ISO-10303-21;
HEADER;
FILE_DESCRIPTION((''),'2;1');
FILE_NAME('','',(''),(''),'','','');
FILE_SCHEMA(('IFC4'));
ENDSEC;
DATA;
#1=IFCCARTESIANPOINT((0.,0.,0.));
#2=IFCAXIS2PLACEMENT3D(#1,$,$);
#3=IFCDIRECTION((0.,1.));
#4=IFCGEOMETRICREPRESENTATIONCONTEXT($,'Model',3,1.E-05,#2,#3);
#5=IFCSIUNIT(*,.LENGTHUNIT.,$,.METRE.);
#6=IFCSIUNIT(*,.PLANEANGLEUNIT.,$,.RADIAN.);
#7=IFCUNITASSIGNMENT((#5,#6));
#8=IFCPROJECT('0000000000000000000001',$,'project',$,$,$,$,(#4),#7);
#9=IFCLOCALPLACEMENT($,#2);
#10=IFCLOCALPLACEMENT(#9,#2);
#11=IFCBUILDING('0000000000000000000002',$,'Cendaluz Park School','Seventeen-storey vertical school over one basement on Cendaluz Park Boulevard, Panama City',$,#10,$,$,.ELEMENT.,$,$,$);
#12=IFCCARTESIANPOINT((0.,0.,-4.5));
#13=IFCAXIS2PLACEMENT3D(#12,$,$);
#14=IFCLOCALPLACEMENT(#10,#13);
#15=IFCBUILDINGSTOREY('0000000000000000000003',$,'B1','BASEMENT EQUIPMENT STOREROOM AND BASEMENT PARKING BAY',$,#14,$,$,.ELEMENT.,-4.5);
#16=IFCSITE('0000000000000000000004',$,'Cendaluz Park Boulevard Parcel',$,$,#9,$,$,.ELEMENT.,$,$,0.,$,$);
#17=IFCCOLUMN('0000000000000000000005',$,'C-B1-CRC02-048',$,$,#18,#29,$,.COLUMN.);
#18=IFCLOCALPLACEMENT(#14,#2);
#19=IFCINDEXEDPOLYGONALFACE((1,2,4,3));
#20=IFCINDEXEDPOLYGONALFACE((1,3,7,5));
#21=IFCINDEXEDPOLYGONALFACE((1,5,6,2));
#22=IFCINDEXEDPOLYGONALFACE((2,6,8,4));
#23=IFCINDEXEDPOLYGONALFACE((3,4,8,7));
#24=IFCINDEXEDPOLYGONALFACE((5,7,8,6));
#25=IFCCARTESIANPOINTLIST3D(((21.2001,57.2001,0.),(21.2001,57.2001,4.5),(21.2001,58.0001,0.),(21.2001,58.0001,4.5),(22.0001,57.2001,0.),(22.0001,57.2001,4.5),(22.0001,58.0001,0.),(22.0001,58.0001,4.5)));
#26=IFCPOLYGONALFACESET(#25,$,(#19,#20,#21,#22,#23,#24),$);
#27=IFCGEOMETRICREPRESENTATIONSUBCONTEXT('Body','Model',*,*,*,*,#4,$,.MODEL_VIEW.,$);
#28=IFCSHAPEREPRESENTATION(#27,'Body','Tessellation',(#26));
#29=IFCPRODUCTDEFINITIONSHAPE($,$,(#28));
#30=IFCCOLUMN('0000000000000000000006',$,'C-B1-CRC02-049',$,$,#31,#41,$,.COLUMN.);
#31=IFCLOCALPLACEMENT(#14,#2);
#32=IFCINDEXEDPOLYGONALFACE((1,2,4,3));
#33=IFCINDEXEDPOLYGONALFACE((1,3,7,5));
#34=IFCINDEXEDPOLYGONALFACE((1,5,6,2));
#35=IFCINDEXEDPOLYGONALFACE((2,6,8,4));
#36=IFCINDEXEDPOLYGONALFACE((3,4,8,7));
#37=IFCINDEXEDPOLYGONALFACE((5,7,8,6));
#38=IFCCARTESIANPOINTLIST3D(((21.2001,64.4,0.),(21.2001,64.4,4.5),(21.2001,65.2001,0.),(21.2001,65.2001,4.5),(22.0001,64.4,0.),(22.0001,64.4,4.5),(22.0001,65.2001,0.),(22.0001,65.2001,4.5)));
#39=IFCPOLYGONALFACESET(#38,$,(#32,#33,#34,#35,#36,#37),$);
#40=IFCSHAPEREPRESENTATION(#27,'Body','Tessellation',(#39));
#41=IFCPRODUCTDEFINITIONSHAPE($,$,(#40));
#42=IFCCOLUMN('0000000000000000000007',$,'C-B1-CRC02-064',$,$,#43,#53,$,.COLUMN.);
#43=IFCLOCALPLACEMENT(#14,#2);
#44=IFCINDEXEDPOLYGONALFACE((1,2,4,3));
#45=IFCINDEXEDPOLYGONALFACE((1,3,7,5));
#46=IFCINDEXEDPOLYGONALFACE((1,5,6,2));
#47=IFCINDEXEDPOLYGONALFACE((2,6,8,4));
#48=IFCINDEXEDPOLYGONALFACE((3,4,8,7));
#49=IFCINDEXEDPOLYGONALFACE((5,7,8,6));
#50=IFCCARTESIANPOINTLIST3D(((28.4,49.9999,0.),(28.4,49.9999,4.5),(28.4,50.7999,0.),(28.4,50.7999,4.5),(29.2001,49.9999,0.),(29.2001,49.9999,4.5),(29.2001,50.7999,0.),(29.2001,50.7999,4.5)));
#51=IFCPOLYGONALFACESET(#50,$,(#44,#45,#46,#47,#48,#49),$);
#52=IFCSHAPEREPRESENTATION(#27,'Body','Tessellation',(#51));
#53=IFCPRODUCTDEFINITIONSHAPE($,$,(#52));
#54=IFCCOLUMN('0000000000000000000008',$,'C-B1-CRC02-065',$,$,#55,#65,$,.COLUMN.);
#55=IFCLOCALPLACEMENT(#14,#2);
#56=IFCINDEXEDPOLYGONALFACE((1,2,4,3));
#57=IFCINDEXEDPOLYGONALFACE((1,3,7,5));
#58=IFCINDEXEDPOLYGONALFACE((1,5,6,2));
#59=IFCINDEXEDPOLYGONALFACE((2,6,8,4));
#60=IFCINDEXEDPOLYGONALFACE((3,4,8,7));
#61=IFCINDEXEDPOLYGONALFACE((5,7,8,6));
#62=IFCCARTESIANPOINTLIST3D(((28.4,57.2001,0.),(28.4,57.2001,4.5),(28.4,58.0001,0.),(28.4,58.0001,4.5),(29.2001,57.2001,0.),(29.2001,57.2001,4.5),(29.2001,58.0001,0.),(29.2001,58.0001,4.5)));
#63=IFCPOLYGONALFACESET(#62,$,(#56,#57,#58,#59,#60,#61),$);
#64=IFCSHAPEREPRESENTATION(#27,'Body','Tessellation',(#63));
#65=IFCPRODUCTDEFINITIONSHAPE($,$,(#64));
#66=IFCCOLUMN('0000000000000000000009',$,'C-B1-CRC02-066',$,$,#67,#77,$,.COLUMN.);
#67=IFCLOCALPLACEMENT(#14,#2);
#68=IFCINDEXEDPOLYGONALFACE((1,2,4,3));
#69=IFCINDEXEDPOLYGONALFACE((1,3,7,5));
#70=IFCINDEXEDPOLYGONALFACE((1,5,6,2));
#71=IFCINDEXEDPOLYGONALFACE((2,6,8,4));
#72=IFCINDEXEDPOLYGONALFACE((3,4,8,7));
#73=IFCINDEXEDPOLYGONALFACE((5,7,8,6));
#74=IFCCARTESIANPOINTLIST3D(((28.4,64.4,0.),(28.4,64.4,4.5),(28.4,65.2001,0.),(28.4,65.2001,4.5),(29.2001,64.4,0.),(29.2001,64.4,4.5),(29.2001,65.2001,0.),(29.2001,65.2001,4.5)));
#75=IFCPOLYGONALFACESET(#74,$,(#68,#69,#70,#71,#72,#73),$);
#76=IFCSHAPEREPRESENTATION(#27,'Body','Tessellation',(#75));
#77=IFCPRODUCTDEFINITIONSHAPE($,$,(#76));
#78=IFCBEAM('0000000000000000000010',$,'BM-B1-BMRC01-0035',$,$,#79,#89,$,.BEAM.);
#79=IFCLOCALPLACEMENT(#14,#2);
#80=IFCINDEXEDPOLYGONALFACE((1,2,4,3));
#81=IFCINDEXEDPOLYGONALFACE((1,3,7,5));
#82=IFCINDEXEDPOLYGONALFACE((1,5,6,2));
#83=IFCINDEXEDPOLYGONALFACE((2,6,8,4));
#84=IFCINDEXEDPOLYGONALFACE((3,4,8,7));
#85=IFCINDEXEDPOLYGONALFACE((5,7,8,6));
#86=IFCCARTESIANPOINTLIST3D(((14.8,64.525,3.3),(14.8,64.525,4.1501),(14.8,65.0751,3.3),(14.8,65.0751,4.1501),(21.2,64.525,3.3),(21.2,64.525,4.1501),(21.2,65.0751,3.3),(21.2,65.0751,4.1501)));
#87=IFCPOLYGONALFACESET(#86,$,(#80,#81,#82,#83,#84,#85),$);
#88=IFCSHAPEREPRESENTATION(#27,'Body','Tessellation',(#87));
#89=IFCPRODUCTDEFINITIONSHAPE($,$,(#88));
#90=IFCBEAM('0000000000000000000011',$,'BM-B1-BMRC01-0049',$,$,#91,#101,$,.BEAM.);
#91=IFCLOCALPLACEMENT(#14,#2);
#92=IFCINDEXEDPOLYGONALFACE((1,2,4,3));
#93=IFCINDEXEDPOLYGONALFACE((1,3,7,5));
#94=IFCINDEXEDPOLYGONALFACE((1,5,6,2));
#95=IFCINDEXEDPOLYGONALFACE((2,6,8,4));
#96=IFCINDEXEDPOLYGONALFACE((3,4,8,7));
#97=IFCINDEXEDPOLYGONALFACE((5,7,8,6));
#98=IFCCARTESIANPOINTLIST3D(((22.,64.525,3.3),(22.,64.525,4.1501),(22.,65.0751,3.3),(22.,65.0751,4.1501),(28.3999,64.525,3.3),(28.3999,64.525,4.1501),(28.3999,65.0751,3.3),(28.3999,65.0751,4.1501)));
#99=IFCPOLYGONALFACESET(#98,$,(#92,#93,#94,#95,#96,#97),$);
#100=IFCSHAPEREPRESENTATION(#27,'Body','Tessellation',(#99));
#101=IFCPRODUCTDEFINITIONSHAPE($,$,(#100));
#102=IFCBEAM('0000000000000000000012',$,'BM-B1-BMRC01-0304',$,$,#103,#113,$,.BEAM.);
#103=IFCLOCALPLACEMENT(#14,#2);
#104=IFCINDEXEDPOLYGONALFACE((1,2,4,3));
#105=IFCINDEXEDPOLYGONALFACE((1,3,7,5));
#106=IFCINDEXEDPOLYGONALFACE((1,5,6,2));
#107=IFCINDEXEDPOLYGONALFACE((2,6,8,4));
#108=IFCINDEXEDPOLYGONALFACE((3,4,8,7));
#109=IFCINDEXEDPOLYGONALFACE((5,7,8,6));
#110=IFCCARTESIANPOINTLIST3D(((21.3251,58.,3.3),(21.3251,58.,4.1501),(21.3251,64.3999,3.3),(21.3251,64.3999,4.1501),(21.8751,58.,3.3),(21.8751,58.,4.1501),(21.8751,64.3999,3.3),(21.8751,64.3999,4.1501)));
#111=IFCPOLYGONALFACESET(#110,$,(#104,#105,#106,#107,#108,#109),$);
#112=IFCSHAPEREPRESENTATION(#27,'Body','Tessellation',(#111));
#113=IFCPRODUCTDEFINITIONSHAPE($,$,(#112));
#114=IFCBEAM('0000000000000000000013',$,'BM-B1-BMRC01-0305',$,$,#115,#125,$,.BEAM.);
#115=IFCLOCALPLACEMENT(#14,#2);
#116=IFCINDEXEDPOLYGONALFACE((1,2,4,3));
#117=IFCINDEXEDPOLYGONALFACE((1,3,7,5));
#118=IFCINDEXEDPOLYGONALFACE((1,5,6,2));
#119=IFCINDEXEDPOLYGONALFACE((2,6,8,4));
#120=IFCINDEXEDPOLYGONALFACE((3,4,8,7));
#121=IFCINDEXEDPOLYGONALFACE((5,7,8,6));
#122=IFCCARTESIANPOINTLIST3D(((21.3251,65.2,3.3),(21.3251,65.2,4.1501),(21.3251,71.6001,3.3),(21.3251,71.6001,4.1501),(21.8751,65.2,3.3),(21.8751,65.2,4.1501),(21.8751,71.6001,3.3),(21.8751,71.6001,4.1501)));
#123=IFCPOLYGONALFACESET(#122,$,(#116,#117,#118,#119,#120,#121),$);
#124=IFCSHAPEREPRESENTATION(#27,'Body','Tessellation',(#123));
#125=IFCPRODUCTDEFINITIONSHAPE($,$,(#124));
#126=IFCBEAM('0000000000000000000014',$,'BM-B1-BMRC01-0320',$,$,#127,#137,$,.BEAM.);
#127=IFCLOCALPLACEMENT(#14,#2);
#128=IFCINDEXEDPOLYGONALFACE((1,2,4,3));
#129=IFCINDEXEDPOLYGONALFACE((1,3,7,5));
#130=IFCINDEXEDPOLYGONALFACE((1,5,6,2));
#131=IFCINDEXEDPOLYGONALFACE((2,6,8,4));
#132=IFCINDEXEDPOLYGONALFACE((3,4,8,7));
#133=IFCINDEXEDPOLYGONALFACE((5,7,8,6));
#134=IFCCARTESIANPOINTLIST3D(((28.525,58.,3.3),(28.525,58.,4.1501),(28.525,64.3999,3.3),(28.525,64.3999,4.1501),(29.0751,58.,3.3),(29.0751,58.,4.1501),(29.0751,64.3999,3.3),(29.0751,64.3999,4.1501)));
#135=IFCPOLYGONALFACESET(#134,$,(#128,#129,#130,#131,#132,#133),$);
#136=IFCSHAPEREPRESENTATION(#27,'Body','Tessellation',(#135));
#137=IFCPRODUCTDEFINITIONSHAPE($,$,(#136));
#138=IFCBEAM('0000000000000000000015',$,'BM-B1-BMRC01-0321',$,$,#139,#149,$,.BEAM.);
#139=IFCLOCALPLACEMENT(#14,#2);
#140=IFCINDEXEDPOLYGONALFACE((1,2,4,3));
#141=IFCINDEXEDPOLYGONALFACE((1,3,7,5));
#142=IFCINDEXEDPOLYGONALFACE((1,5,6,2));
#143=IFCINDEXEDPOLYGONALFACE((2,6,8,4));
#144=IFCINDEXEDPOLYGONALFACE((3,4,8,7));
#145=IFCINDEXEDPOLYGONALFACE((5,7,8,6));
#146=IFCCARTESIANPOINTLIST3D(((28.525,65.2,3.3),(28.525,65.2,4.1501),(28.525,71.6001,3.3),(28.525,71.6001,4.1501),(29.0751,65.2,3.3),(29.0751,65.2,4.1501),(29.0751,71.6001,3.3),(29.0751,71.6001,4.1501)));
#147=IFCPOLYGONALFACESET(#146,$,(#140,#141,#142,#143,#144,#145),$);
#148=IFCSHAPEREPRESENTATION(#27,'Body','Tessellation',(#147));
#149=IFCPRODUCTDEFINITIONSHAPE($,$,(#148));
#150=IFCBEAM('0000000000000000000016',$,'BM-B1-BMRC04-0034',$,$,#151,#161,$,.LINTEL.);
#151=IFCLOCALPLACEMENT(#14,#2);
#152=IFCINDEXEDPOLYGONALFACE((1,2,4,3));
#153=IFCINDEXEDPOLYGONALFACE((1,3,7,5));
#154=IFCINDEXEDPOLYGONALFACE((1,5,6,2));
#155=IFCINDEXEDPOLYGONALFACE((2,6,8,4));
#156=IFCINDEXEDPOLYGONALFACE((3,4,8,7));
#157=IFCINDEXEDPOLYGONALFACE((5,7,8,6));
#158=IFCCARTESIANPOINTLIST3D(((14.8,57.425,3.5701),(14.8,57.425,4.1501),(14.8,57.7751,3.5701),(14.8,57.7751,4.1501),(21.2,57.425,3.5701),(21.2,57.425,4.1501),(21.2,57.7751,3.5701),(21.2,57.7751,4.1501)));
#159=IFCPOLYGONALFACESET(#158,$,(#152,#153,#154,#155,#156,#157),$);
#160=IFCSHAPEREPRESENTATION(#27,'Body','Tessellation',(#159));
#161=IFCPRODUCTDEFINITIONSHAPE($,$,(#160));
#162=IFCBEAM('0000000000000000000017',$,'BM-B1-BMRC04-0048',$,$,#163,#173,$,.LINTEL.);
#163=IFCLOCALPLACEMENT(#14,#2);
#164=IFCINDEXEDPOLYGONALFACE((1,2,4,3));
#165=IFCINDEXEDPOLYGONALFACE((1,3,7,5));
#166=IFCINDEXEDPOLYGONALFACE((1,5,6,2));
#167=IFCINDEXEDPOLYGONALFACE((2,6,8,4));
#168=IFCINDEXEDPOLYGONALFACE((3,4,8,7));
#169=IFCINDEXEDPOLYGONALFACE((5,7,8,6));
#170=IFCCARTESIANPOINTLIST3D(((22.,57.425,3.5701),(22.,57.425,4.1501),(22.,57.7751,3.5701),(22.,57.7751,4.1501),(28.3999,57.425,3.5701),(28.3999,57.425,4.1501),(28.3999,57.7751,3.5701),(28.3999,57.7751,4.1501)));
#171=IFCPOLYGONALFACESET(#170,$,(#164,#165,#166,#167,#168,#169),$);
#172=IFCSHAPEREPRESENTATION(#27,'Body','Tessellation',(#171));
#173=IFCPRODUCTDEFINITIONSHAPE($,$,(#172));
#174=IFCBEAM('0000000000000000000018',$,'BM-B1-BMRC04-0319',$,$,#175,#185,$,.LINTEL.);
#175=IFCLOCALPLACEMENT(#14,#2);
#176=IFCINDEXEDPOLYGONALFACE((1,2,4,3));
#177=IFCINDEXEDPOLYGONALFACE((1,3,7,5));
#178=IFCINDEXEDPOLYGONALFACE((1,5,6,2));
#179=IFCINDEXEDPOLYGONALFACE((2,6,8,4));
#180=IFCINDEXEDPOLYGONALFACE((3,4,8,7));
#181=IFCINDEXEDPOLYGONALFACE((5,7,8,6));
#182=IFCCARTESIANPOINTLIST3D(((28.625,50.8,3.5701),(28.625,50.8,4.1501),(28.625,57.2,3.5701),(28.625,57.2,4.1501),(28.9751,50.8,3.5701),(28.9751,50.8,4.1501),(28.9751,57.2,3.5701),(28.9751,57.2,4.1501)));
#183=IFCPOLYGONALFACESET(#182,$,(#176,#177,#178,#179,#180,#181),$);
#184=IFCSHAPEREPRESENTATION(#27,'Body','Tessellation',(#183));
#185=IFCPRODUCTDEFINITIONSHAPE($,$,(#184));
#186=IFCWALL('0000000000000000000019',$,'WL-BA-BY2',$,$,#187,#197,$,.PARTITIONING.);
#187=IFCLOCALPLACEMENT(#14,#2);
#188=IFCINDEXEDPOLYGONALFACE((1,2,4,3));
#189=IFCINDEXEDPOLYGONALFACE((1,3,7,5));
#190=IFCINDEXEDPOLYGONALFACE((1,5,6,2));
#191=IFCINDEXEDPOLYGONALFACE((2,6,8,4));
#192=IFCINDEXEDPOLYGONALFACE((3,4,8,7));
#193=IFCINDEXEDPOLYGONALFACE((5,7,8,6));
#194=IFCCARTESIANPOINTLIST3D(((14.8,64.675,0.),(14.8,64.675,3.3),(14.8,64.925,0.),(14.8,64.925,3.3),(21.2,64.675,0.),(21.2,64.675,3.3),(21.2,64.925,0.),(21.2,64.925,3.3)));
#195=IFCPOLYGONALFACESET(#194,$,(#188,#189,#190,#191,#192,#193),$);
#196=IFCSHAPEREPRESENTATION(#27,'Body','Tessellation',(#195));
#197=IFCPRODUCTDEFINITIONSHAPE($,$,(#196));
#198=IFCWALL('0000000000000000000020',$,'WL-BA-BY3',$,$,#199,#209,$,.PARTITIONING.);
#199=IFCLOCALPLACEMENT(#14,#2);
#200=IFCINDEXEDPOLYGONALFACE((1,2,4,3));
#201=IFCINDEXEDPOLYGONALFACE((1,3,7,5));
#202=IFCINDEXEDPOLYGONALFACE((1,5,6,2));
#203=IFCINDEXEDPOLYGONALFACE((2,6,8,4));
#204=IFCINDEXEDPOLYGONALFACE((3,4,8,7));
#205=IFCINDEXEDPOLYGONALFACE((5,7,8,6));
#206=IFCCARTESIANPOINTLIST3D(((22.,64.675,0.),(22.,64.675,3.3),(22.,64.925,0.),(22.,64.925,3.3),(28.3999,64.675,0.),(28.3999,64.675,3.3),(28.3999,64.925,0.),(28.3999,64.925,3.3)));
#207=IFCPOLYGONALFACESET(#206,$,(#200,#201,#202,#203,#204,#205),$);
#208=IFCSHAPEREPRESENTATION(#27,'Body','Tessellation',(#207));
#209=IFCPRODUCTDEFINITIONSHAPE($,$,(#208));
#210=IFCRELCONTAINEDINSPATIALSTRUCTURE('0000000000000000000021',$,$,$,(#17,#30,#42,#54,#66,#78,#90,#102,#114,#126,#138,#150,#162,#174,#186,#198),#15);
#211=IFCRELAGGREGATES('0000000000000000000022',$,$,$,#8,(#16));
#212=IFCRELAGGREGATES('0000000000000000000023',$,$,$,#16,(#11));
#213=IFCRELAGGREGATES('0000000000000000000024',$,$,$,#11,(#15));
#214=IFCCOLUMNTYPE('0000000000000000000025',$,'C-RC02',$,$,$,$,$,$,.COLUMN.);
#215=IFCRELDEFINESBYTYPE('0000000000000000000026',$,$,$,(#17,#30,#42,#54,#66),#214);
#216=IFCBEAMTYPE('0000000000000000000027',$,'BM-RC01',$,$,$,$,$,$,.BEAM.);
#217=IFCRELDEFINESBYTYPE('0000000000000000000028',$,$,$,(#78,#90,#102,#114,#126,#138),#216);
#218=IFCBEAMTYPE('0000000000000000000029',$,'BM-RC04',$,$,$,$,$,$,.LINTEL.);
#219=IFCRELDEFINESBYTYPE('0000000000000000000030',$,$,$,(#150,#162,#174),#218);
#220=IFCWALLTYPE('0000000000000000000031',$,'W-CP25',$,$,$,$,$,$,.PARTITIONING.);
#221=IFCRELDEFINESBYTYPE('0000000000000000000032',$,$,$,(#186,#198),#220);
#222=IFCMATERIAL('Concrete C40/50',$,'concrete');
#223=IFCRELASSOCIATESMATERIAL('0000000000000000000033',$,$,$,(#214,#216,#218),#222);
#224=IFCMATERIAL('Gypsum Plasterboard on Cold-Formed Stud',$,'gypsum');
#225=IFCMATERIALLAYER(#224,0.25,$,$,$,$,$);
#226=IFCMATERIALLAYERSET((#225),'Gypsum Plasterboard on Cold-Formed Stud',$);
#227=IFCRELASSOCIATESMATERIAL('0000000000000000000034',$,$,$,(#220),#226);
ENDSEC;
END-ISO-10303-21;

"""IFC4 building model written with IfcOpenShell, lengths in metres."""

from ifc_helpers import new_model, si_unit, direction, frame, frame_2d, origin, origin_2d, place, context, subcontext, project, spatial, rectangle, extrude, material, layer, layer_set, material_profile, profile_set, type_object, element, save


model = new_model("IFC4")

# Units and contexts
model_context = context("Model", 3, precision=1e-05, world=origin(), true_north=direction((0.0, 1.0)))
body_context = subcontext(model_context, "Body", "Model", "MODEL_VIEW")
ifc_project = project(units=[si_unit("LENGTHUNIT", "METRE"), si_unit("PLANEANGLEUNIT", "RADIAN")], contexts=[model_context])

# Site, building, storey
site_placement = place(None, origin())
site = spatial("IfcSite", under=ifc_project, at=site_placement, Name="Cendaluz Park Boulevard Parcel", CompositionType="ELEMENT", RefElevation=0.0)
building_placement = place(site_placement, origin())
building = spatial("IfcBuilding", under=site, at=building_placement, Name="Cendaluz Park School", Description="Seventeen-storey vertical school over one basement on Cendaluz Park Boulevard, Panama City", CompositionType="ELEMENT")
storey_placement = place(building_placement, frame((0.0, 0.0, -4.5)))
storey = spatial("IfcBuildingStorey", under=building, at=storey_placement, Name="B1", Description="BASEMENT EQUIPMENT STOREROOM AND BASEMENT PARKING BAY", CompositionType="ELEMENT", Elevation=-4.5)

# Shared definitions
ifc_material_1 = material(Name="Concrete C40/50", Category="concrete")

# Columns
ifc_material_profile_1 = material_profile(ifc_material_1, rectangle(XDim=0.8, YDim=0.8, at=origin_2d()), Name="RC 800x800", Category="concrete")
ifc_profile_set_1 = profile_set([ifc_material_profile_1], Name="Concrete C40/50")
column_type = type_object("IfcColumnType", Name="C-RC02", PredefinedType="COLUMN", material=ifc_profile_set_1)
for number, where, z_axis, x_axis, name in (
    (1, (21.6001, 57.6001, 0.0), (0.0, 0.0, 1.0), (1.0, 0.0, 0.0), "C-B1-CRC02-048"),
    (2, (21.6001, 64.8, 0.0), (0.0, 0.0, 1.0), (1.0, 0.0, 0.0), "C-B1-CRC02-049"),
    (3, (28.8, 50.3999, 0.0), (0.0, 0.0, 1.0), (1.0, 0.0, 0.0), "C-B1-CRC02-064"),
    (4, (28.8, 57.6001, 0.0), (0.0, 0.0, 1.0), (1.0, 0.0, 0.0), "C-B1-CRC02-065"),
    (5, (28.8, 64.8, 0.0), (0.0, 0.0, 1.0), (1.0, 0.0, 0.0), "C-B1-CRC02-066"),
):
    element("IfcColumn", number, at=place(storey_placement, frame(where, z_axis=z_axis, x_axis=x_axis)), inside=storey, type_object=column_type, Name=name, PredefinedType="COLUMN", context=body_context, shape_type="SweptSolid", body=[
        extrude(rectangle(XDim=0.8, YDim=0.8, at=origin_2d()), origin(), (0.0, 0.0, 1.0), 4.5),
    ])

# Beams
ifc_material_profile_2 = material_profile(ifc_material_1, rectangle(XDim=0.55, YDim=0.8501, at=origin_2d()), Name="RC 550x850", Category="concrete")
ifc_profile_set_2 = profile_set([ifc_material_profile_2], Name="Concrete C40/50")
beam_type_1 = type_object("IfcBeamType", Name="BM-RC01", PredefinedType="BEAM", material=ifc_profile_set_2)
for number, where, z_axis, x_axis, name in (
    (6, (14.8, 64.8, 3.7251), (1.0, 0.0, 0.0), (0.0, 1.0, 0.0), "BM-B1-BMRC01-0035"),
    (7, (22.0, 64.8, 3.7251), (1.0, 0.0, 0.0), (0.0, 1.0, 0.0), "BM-B1-BMRC01-0049"),
    (8, (21.6001, 58.0, 3.7251), (0.0, 1.0, 0.0), (-1.0, 0.0, 0.0), "BM-B1-BMRC01-0304"),
):
    element("IfcBeam", number, at=place(storey_placement, frame(where, z_axis=z_axis, x_axis=x_axis)), inside=storey, type_object=beam_type_1, Name=name, PredefinedType="BEAM", context=body_context, shape_type="SweptSolid", body=[
        extrude(rectangle(XDim=0.55, YDim=0.8501, at=origin_2d()), origin(), (0.0, 0.0, 1.0), 6.3999),
    ])
beam_1_placement = place(storey_placement, frame((21.6001, 65.2, 3.7251), z_axis=(0.0, 1.0, 0.0), x_axis=(-1.0, 0.0, 0.0)))
element("IfcBeam", 9, at=beam_1_placement, inside=storey, type_object=beam_type_1, Name="BM-B1-BMRC01-0305", PredefinedType="BEAM", context=body_context, shape_type="SweptSolid", body=[
    extrude(rectangle(XDim=0.55, YDim=0.8501, at=origin_2d()), origin(), (0.0, 0.0, 1.0), 6.4001),
])
beam_2_placement = place(storey_placement, frame((28.8, 58.0, 3.7251), z_axis=(0.0, 1.0, 0.0), x_axis=(-1.0, 0.0, 0.0)))
element("IfcBeam", 10, at=beam_2_placement, inside=storey, type_object=beam_type_1, Name="BM-B1-BMRC01-0320", PredefinedType="BEAM", context=body_context, shape_type="SweptSolid", body=[
    extrude(rectangle(XDim=0.55, YDim=0.8501, at=origin_2d()), origin(), (0.0, 0.0, 1.0), 6.3999),
])
beam_3_placement = place(storey_placement, frame((28.8, 65.2, 3.7251), z_axis=(0.0, 1.0, 0.0), x_axis=(-1.0, 0.0, 0.0)))
element("IfcBeam", 11, at=beam_3_placement, inside=storey, type_object=beam_type_1, Name="BM-B1-BMRC01-0321", PredefinedType="BEAM", context=body_context, shape_type="SweptSolid", body=[
    extrude(rectangle(XDim=0.55, YDim=0.8501, at=origin_2d()), origin(), (0.0, 0.0, 1.0), 6.4001),
])
ifc_material_profile_3 = material_profile(ifc_material_1, rectangle(XDim=0.3501, YDim=0.5801, at=origin_2d()), Name="RC 350x580", Category="concrete")
ifc_profile_set_3 = profile_set([ifc_material_profile_3], Name="Concrete C40/50")
beam_type_2 = type_object("IfcBeamType", Name="BM-RC04", PredefinedType="LINTEL", material=ifc_profile_set_3)
for number, where, z_axis, x_axis, name in (
    (12, (14.8, 57.6001, 3.8601), (1.0, 0.0, 0.0), (0.0, 1.0, 0.0), "BM-B1-BMRC04-0034"),
    (13, (22.0, 57.6001, 3.8601), (1.0, 0.0, 0.0), (0.0, 1.0, 0.0), "BM-B1-BMRC04-0048"),
    (14, (28.8, 50.8, 3.8601), (0.0, 1.0, 0.0), (-1.0, 0.0, 0.0), "BM-B1-BMRC04-0319"),
):
    element("IfcBeam", number, at=place(storey_placement, frame(where, z_axis=z_axis, x_axis=x_axis)), inside=storey, type_object=beam_type_2, Name=name, PredefinedType="LINTEL", context=body_context, shape_type="SweptSolid", body=[
        extrude(rectangle(XDim=0.3501, YDim=0.5801, at=origin_2d()), origin(), (0.0, 0.0, 1.0), 6.3999),
    ])

# Walls
ifc_material_2 = material(Name="Gypsum Plasterboard on Cold-Formed Stud", Category="gypsum")
ifc_layer_1 = layer(ifc_material_2, 0.25)
ifc_layer_set_1 = layer_set([ifc_layer_1], Name="Gypsum Plasterboard on Cold-Formed Stud")
wall_type_1 = type_object("IfcWallType", Name="W-CP25", PredefinedType="PARTITIONING", material=ifc_layer_set_1)
for number, where, z_axis, x_axis, name in (
    (15, (14.8, 64.8, 0.0), (0.0, 0.0, 1.0), (1.0, 0.0, 0.0), "WL-BA-BY2"),
    (16, (22.0, 64.8, 0.0), (0.0, 0.0, 1.0), (1.0, 0.0, 0.0), "WL-BA-BY3"),
):
    element("IfcWall", number, at=place(storey_placement, frame(where, z_axis=z_axis, x_axis=x_axis)), inside=storey, type_object=wall_type_1, Name=name, PredefinedType="PARTITIONING", context=body_context, shape_type="SweptSolid", body=[
        extrude(rectangle(XDim=6.3999, YDim=0.25, at=frame_2d((3.2, 0.0))), origin(), (0.0, 0.0, 1.0), 3.3),
    ])

save(model, "model.ifc")
